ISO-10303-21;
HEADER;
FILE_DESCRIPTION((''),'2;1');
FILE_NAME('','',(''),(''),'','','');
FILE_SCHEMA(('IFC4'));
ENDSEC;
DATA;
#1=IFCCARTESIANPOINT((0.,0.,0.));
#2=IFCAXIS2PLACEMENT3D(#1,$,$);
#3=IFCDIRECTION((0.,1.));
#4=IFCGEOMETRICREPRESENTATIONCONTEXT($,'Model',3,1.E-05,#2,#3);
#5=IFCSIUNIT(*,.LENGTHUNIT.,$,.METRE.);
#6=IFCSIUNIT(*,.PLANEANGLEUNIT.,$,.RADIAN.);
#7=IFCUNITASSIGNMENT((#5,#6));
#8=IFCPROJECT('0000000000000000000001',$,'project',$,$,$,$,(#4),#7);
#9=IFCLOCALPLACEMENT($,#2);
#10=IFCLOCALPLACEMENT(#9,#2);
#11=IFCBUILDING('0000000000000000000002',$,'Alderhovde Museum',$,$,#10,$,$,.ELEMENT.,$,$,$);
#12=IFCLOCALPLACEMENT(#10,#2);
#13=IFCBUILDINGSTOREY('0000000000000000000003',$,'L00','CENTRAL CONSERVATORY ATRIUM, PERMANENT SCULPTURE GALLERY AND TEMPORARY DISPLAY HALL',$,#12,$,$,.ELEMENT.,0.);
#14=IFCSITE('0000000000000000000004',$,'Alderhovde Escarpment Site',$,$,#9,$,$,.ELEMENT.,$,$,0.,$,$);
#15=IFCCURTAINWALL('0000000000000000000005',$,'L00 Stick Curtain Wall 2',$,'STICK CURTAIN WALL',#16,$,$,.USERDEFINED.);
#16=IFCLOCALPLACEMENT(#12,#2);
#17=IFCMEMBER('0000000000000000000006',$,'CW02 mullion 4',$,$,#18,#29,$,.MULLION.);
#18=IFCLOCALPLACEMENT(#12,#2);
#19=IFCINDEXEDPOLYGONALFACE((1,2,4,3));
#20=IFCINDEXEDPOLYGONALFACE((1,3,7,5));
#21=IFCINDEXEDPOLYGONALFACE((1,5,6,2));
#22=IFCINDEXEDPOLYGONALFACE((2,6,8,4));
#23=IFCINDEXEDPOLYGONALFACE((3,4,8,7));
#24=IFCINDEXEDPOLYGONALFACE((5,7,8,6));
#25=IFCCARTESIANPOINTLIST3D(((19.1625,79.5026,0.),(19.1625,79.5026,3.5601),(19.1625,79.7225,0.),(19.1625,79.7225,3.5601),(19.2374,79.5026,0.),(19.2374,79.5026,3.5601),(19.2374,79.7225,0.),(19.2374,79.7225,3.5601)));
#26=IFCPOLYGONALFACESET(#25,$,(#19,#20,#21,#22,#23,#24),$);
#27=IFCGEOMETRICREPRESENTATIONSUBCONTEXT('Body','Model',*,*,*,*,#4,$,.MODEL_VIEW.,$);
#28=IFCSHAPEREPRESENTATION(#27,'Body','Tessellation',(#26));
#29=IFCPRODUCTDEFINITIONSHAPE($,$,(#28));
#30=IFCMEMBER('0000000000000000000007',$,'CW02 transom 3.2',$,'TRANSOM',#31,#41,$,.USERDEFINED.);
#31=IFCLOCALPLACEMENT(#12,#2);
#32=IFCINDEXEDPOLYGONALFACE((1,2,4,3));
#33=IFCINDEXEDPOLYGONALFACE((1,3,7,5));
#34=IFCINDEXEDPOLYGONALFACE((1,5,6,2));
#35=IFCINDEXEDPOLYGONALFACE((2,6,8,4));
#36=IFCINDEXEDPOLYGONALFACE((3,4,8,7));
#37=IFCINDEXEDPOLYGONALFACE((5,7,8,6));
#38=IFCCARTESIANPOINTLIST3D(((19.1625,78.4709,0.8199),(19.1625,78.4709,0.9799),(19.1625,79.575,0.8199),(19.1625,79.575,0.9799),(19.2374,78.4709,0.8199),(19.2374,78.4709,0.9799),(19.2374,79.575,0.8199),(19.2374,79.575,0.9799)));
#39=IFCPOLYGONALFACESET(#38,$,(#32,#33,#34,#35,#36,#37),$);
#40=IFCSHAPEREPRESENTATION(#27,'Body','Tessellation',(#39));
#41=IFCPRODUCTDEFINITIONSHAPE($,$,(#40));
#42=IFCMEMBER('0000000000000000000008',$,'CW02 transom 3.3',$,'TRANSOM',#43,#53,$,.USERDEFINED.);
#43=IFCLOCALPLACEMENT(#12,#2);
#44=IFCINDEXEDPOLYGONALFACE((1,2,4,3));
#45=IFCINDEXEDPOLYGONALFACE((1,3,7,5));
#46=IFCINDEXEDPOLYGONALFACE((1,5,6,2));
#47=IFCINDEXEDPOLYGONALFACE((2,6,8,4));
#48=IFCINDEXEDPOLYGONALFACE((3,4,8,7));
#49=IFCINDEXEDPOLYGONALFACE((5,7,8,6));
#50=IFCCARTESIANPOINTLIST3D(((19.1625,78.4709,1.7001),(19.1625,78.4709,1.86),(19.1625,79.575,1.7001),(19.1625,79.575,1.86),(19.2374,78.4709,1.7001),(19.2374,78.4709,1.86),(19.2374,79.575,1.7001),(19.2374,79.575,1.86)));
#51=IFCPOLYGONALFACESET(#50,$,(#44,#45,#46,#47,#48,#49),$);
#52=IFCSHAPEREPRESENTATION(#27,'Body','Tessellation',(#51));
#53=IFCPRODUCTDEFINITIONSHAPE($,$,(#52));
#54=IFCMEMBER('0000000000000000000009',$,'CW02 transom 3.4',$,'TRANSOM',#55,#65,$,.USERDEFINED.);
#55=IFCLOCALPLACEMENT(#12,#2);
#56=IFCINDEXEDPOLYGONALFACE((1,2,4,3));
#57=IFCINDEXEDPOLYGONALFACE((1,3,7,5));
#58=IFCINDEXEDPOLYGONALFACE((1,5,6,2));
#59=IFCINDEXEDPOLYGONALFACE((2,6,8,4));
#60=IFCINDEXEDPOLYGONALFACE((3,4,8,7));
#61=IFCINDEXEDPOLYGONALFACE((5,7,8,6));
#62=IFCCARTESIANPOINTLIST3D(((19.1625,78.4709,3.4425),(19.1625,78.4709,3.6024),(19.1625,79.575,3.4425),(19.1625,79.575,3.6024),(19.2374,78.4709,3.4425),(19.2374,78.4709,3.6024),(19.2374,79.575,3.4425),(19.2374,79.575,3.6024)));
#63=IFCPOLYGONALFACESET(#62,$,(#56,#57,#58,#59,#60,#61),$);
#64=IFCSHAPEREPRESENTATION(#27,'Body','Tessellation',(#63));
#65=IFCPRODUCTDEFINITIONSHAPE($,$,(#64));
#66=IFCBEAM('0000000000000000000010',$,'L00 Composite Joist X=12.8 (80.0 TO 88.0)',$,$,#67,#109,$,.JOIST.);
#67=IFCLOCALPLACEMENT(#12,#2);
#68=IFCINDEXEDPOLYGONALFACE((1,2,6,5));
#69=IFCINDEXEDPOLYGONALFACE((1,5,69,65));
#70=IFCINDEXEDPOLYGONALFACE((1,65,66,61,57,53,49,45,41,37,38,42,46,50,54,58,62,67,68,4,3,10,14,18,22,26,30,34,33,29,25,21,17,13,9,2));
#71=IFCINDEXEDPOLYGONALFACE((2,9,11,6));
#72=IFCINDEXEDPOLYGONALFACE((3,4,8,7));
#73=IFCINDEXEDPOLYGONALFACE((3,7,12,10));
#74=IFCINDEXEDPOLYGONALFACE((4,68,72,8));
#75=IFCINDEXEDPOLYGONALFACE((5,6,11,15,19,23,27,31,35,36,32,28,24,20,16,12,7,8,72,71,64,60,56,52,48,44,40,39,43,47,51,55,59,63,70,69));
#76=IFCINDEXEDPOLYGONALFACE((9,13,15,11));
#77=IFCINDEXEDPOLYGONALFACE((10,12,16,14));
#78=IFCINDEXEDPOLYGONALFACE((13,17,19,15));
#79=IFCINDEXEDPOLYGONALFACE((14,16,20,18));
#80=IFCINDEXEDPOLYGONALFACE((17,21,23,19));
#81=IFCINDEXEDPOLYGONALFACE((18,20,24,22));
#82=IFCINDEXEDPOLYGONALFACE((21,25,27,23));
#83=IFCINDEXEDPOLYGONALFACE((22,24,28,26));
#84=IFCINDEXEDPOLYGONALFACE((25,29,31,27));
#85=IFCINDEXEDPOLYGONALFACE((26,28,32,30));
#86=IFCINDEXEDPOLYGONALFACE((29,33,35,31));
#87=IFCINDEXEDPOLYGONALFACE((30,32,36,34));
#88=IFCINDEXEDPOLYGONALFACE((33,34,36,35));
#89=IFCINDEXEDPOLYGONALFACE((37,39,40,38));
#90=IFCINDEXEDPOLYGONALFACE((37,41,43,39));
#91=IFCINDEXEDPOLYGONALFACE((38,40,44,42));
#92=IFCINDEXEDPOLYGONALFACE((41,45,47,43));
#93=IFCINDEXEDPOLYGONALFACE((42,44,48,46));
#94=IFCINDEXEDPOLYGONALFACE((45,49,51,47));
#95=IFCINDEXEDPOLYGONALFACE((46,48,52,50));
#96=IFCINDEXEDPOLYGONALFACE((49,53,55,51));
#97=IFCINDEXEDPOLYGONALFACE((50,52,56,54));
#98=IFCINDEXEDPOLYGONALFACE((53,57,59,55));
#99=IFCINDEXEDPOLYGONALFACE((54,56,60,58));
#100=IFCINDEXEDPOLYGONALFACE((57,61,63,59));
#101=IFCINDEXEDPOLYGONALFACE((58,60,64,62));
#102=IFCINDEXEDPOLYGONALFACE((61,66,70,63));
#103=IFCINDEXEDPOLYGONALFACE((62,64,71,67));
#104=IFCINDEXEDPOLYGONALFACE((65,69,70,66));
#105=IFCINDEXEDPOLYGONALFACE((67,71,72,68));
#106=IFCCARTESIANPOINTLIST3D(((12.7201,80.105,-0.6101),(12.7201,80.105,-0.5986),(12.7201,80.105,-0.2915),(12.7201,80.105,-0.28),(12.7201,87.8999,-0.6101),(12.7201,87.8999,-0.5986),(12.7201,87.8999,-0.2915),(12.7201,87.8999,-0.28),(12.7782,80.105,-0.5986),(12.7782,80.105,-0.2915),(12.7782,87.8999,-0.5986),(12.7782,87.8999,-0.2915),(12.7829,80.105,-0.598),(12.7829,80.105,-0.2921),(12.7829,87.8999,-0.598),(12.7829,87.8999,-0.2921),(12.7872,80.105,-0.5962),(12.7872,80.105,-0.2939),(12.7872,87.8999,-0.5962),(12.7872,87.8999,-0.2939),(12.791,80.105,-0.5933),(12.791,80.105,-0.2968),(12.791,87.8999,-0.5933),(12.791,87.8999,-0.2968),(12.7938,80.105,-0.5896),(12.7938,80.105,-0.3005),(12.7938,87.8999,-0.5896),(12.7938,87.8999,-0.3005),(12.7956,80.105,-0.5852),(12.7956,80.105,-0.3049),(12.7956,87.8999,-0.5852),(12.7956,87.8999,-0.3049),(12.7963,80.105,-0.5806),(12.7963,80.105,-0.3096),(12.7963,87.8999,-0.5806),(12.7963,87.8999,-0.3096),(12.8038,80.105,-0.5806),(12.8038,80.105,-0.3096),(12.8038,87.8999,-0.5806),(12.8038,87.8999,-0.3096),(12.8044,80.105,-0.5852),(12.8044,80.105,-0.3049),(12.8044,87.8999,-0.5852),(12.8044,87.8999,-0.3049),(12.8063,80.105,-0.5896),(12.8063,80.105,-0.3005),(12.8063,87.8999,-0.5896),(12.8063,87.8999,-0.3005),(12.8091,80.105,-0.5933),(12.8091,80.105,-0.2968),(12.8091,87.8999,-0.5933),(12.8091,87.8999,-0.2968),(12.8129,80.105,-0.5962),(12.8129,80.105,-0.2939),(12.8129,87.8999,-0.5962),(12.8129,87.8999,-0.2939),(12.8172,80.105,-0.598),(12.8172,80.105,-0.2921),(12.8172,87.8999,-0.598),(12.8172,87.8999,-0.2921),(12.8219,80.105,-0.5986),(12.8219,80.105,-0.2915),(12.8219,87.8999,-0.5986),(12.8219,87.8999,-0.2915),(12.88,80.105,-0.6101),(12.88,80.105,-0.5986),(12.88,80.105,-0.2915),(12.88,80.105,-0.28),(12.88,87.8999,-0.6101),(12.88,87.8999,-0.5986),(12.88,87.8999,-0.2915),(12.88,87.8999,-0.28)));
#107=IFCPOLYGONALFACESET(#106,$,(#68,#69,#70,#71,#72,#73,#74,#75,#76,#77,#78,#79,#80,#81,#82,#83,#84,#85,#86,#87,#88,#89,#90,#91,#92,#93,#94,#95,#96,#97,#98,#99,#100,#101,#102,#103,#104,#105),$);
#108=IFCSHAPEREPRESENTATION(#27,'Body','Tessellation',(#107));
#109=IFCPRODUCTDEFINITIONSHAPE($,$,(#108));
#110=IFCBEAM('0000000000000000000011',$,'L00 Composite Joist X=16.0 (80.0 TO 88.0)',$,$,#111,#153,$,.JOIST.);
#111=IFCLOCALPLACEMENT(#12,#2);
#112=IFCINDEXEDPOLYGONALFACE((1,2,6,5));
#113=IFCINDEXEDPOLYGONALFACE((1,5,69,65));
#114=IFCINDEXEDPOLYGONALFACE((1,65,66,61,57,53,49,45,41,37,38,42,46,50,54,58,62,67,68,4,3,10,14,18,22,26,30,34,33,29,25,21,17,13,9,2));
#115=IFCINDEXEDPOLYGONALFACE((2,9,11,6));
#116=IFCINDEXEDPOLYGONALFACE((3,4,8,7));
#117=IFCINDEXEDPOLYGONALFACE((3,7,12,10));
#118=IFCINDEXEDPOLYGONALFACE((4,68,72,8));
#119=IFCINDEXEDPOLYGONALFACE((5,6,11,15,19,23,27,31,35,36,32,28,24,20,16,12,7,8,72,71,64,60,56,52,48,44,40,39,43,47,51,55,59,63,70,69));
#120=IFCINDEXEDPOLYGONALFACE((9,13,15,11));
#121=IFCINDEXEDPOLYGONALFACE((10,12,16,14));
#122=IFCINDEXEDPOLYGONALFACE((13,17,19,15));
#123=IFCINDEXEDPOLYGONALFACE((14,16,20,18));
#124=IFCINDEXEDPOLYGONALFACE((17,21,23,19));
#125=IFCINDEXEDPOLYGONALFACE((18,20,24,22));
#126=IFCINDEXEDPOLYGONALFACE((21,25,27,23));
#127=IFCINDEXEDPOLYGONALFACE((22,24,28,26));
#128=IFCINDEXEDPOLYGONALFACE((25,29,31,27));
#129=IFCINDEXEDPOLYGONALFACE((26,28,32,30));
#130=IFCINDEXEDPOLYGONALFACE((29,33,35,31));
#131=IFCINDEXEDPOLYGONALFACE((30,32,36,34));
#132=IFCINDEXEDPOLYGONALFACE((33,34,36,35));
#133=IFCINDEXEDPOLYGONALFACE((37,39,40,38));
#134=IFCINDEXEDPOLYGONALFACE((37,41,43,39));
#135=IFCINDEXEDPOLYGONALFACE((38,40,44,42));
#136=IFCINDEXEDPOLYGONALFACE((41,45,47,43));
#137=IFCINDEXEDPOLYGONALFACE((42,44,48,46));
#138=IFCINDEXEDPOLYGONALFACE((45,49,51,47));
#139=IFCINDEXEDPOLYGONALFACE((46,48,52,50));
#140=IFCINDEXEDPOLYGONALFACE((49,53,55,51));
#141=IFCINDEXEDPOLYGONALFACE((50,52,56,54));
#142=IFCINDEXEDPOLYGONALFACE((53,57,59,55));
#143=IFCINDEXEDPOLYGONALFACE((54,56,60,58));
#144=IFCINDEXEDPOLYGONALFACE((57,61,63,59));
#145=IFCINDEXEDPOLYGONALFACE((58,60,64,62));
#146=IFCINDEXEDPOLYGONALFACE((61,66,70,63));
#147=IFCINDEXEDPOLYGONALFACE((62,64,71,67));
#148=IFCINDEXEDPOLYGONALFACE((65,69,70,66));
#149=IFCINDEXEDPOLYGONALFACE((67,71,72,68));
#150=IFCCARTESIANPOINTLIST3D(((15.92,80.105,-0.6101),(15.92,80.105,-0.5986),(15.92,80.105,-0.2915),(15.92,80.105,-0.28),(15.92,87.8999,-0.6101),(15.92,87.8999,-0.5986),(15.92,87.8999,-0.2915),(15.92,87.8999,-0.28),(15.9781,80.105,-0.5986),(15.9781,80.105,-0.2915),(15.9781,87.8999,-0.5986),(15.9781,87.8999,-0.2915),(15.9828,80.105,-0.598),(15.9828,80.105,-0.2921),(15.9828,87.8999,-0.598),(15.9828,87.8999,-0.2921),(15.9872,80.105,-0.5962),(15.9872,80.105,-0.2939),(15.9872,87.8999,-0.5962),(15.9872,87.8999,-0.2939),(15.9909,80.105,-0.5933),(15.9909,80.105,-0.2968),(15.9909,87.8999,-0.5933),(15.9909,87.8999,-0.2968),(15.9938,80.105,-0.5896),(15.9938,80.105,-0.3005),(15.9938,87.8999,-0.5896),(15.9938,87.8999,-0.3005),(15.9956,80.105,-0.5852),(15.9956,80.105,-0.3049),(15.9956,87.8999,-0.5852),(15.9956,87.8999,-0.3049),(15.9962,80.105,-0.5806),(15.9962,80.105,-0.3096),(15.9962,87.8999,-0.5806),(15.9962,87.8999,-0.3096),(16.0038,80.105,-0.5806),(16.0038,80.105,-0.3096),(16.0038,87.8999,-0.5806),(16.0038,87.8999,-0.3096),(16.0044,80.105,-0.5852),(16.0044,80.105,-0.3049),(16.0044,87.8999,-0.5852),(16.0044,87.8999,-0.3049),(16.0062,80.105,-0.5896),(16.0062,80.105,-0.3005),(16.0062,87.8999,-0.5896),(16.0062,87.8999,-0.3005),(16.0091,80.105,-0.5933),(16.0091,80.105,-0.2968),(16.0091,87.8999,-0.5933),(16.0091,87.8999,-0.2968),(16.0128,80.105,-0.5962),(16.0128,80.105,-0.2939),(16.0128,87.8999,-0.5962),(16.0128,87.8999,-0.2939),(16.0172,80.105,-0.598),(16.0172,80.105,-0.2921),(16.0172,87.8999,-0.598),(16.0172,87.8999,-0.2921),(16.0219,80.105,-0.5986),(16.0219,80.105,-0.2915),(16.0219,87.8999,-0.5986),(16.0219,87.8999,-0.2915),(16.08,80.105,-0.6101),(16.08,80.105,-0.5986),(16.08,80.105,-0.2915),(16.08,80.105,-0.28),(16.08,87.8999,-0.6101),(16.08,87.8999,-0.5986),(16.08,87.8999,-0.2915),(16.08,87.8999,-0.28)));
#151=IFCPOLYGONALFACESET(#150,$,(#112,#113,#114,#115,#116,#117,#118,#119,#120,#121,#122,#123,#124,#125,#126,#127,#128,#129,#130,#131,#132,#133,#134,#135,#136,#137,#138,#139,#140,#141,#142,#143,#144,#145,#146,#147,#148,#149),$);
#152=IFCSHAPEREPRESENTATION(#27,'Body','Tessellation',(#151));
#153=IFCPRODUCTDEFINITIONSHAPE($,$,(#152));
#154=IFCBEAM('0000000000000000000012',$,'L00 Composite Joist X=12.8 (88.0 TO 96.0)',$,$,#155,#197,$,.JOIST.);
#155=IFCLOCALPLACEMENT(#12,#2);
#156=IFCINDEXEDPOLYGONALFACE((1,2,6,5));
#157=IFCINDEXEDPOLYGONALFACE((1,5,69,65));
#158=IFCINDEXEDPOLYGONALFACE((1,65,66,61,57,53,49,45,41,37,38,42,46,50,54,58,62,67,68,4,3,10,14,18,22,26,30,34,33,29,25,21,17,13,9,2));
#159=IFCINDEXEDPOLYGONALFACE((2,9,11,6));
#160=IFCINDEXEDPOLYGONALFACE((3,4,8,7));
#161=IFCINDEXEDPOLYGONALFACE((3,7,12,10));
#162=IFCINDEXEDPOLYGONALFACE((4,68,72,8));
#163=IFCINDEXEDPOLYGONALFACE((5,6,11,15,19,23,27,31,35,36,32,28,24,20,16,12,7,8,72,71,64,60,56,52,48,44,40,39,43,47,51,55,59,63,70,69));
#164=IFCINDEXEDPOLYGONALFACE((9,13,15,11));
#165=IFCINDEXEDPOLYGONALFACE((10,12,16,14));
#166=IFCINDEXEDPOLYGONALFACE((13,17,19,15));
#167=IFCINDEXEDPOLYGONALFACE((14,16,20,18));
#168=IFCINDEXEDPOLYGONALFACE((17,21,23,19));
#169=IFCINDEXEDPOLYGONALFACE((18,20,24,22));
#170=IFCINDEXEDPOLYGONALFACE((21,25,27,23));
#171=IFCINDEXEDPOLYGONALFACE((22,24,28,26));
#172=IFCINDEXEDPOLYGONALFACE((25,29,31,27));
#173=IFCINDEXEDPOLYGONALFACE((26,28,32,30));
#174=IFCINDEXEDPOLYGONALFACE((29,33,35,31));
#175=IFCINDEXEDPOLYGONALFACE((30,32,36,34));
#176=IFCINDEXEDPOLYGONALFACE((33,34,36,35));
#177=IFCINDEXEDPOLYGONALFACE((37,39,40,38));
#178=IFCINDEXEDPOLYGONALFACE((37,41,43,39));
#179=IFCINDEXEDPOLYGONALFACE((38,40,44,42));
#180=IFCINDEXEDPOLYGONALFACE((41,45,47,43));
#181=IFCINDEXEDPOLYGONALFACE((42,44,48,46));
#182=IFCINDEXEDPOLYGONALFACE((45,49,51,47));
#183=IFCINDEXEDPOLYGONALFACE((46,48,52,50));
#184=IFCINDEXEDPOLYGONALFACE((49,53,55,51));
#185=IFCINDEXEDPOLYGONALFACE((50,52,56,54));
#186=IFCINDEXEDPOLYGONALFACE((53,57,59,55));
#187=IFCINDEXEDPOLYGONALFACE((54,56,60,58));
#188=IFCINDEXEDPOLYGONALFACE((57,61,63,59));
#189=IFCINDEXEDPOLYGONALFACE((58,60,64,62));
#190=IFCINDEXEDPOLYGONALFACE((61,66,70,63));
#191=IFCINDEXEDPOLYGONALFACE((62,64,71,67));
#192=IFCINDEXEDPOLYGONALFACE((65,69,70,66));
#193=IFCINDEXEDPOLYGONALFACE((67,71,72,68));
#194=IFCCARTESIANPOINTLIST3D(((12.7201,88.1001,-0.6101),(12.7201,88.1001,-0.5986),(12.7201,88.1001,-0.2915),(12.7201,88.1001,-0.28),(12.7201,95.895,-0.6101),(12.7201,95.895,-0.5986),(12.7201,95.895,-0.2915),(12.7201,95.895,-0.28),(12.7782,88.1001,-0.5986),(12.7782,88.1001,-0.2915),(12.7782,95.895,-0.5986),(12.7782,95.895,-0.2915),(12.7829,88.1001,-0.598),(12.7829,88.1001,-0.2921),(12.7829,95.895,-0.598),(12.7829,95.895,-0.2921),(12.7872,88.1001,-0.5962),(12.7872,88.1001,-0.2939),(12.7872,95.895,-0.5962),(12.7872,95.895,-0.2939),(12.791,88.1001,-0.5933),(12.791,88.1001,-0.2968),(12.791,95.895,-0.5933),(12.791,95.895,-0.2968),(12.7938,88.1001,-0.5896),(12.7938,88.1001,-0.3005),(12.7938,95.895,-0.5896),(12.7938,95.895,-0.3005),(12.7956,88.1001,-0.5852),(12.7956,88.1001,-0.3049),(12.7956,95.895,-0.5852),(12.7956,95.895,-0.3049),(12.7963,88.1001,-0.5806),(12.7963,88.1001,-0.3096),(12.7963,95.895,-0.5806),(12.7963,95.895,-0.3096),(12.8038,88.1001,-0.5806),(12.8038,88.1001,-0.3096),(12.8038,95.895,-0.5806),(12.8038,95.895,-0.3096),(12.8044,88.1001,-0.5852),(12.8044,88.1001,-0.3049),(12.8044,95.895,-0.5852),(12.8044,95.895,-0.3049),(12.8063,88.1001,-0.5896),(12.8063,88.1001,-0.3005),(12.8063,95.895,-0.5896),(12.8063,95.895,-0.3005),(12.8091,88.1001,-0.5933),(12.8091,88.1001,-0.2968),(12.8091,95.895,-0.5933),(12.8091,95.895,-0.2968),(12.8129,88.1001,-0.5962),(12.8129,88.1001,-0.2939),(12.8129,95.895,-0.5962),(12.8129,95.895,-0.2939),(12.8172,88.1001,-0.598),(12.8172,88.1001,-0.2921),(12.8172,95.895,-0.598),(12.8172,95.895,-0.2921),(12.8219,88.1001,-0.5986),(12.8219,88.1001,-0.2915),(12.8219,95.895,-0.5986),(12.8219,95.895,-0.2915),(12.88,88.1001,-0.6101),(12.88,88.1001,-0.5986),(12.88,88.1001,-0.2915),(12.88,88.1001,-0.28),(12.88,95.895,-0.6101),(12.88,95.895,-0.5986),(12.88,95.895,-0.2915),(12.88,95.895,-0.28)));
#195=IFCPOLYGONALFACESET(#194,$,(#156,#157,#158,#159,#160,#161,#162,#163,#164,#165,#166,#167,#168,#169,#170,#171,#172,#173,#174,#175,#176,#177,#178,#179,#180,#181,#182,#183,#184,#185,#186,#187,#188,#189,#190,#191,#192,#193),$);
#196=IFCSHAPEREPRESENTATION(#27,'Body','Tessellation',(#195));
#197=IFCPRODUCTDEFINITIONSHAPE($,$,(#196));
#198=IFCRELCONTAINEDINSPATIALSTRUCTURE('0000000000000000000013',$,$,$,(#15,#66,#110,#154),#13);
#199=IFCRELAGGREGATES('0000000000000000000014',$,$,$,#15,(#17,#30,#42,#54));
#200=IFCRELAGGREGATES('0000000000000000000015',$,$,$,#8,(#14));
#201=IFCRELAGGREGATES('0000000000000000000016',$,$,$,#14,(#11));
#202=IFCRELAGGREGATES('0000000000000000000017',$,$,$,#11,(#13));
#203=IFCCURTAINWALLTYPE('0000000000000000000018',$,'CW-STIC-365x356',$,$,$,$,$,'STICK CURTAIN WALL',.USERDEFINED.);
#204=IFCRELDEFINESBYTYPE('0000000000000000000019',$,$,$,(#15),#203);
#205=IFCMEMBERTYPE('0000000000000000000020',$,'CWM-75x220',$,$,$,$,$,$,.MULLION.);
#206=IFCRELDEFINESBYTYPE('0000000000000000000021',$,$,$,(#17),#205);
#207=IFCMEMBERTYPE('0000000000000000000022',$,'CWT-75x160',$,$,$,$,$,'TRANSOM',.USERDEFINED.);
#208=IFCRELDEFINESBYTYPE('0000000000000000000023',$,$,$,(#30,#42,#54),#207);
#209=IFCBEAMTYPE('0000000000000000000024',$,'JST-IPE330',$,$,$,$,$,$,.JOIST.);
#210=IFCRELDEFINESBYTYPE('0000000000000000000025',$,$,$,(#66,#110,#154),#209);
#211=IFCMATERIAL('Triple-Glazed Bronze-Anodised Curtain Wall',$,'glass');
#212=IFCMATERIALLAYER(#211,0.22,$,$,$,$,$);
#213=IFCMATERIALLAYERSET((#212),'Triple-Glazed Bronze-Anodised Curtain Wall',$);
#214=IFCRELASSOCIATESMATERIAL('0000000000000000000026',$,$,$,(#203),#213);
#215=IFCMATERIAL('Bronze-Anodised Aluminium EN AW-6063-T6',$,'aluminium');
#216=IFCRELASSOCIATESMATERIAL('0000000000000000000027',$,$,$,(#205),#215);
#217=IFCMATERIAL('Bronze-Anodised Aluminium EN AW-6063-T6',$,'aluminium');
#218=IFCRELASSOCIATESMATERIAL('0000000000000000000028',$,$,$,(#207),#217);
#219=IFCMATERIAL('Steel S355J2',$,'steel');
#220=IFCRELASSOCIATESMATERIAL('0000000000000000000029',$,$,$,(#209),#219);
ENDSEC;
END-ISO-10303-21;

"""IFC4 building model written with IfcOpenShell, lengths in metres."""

from ifc_helpers import new_model, si_unit, direction, frame, origin, origin_2d, place, context, subcontext, project, spatial, rectangle, i_section, extrude, material, layer, layer_set, material_profile, profile_set, type_object, element, aggregate, save


model = new_model("IFC4")

# Units and contexts
model_context = context("Model", 3, precision=1e-05, world=origin(), true_north=direction((0.0, 1.0)))
body_context = subcontext(model_context, "Body", "Model", "MODEL_VIEW")
ifc_project = project(units=[si_unit("LENGTHUNIT", "METRE"), si_unit("PLANEANGLEUNIT", "RADIAN")], contexts=[model_context])

# Site, building, storey
site_placement = place(None, origin())
site = spatial("IfcSite", under=ifc_project, at=site_placement, Name="Alderhovde Escarpment Site", CompositionType="ELEMENT", RefElevation=0.0)
building_placement = place(site_placement, origin())
building = spatial("IfcBuilding", under=site, at=building_placement, Name="Alderhovde Museum", CompositionType="ELEMENT")
storey_placement = place(building_placement, origin())
storey = spatial("IfcBuildingStorey", under=building, at=storey_placement, Name="L00", Description="CENTRAL CONSERVATORY ATRIUM, PERMANENT SCULPTURE GALLERY AND TEMPORARY DISPLAY HALL", CompositionType="ELEMENT", Elevation=0.0)

# Curtain wall, members
ifc_material_1 = material(Name="Triple-Glazed Bronze-Anodised Curtain Wall", Category="glass")
ifc_layer_1 = layer(ifc_material_1, 0.22)
ifc_layer_set_1 = layer_set([ifc_layer_1], Name="Triple-Glazed Bronze-Anodised Curtain Wall")
curtain_wall_type = type_object("IfcCurtainWallType", Name="CW-STIC-365x356", ElementType="STICK CURTAIN WALL", PredefinedType="USERDEFINED", material=ifc_layer_set_1)
curtain_wall_placement = place(storey_placement, origin())
curtain_wall = element("IfcCurtainWall", 1, at=curtain_wall_placement, inside=storey, type_object=curtain_wall_type, Name="L00 Stick Curtain Wall 2", ObjectType="STICK CURTAIN WALL", PredefinedType="USERDEFINED")
ifc_material_2 = material(Name="Bronze-Anodised Aluminium EN AW-6063-T6", Category="aluminium")
ifc_material_profile_1 = material_profile(ifc_material_2, rectangle(XDim=0.075, YDim=0.22, at=origin_2d()), Name="MULLION 75x220")
ifc_profile_set_1 = profile_set([ifc_material_profile_1], Name="Bronze-Anodised Aluminium EN AW-6063-T6")
member_type_1 = type_object("IfcMemberType", Name="CWM-75x220", PredefinedType="MULLION", material=ifc_profile_set_1)
member_1_placement = place(storey_placement, frame((19.2, 79.6125, 0.0), z_axis=(0.0, 0.0, 1.0), x_axis=(-1.0, 0.0, 0.0)))
member_1 = element("IfcMember", 2, at=member_1_placement, type_object=member_type_1, Name="CW02 mullion 4", PredefinedType="MULLION", context=body_context, shape_type="SweptSolid", body=[
    extrude(rectangle(XDim=0.075, YDim=0.22, at=origin_2d()), origin(), (0.0, 0.0, 1.0), 3.5601),
])
ifc_material_3 = material(Name="Bronze-Anodised Aluminium EN AW-6063-T6", Category="aluminium")
ifc_material_profile_2 = material_profile(ifc_material_3, rectangle(XDim=0.075, YDim=0.1599, at=origin_2d()), Name="TRANSOM 75x160")
ifc_profile_set_2 = profile_set([ifc_material_profile_2], Name="Bronze-Anodised Aluminium EN AW-6063-T6")
member_type_2 = type_object("IfcMemberType", Name="CWT-75x160", ElementType="TRANSOM", PredefinedType="USERDEFINED", material=ifc_profile_set_2)
member_2_placement = place(storey_placement, frame((19.2, 78.4709, 0.8999), z_axis=(0.0, 1.0, 0.0), x_axis=(-1.0, 0.0, 0.0)))
member_2 = element("IfcMember", 3, at=member_2_placement, type_object=member_type_2, Name="CW02 transom 3.2", ObjectType="TRANSOM", PredefinedType="USERDEFINED", context=body_context, shape_type="SweptSolid", body=[
    extrude(rectangle(XDim=0.075, YDim=0.1599, at=origin_2d()), origin(), (0.0, 0.0, 1.0), 1.104),
])
member_3_placement = place(storey_placement, frame((19.2, 78.4709, 1.78), z_axis=(0.0, 1.0, 0.0), x_axis=(-1.0, 0.0, 0.0)))
member_3 = element("IfcMember", 4, at=member_3_placement, type_object=member_type_2, Name="CW02 transom 3.3", ObjectType="TRANSOM", PredefinedType="USERDEFINED", context=body_context, shape_type="SweptSolid", body=[
    extrude(rectangle(XDim=0.075, YDim=0.1599, at=origin_2d()), origin(), (0.0, 0.0, 1.0), 1.104),
])
member_4_placement = place(storey_placement, frame((19.2, 78.4709, 3.5225), z_axis=(0.0, 1.0, 0.0), x_axis=(-1.0, 0.0, 0.0)))
member_4 = element("IfcMember", 5, at=member_4_placement, type_object=member_type_2, Name="CW02 transom 3.4", ObjectType="TRANSOM", PredefinedType="USERDEFINED", context=body_context, shape_type="SweptSolid", body=[
    extrude(rectangle(XDim=0.075, YDim=0.1599, at=origin_2d()), origin(), (0.0, 0.0, 1.0), 1.104),
])

# Beams
ifc_material_4 = material(Name="Steel S355J2", Category="steel")
ifc_material_profile_3 = material_profile(ifc_material_4, i_section(OverallWidth=0.1599, OverallDepth=0.3301, WebThickness=0.0076, FlangeThickness=0.0115, FilletRadius=0.0181, at=origin_2d()), Name="IPE 330")
ifc_profile_set_3 = profile_set([ifc_material_profile_3], Name="Steel S355J2")
beam_type_1 = type_object("IfcBeamType", Name="JST-IPE330", PredefinedType="JOIST", material=ifc_profile_set_3)
for number, where, z_axis, x_axis, name in (
    (6, (12.8, 80.105, -0.4451), (0.0, 1.0, 0.0), (-1.0, 0.0, 0.0), "L00 Composite Joist X=12.8 (80.0 TO 88.0)"),
    (7, (16.0, 80.105, -0.4451), (0.0, 1.0, 0.0), (-1.0, 0.0, 0.0), "L00 Composite Joist X=16.0 (80.0 TO 88.0)"),
    (8, (12.8, 88.1001, -0.4451), (0.0, 1.0, 0.0), (-1.0, 0.0, 0.0), "L00 Composite Joist X=12.8 (88.0 TO 96.0)"),
):
    element("IfcBeam", number, at=place(storey_placement, frame(where, z_axis=z_axis, x_axis=x_axis)), inside=storey, type_object=beam_type_1, Name=name, PredefinedType="JOIST", context=body_context, shape_type="SweptSolid", body=[
        extrude(i_section(OverallWidth=0.1599, OverallDepth=0.3301, WebThickness=0.0076, FlangeThickness=0.0115, FilletRadius=0.0181, at=origin_2d()), origin(), (0.0, 0.0, 1.0), 7.7949),
    ])

aggregate(curtain_wall, [member_1, member_2, member_3, member_4])

save(model, "model.ifc")
